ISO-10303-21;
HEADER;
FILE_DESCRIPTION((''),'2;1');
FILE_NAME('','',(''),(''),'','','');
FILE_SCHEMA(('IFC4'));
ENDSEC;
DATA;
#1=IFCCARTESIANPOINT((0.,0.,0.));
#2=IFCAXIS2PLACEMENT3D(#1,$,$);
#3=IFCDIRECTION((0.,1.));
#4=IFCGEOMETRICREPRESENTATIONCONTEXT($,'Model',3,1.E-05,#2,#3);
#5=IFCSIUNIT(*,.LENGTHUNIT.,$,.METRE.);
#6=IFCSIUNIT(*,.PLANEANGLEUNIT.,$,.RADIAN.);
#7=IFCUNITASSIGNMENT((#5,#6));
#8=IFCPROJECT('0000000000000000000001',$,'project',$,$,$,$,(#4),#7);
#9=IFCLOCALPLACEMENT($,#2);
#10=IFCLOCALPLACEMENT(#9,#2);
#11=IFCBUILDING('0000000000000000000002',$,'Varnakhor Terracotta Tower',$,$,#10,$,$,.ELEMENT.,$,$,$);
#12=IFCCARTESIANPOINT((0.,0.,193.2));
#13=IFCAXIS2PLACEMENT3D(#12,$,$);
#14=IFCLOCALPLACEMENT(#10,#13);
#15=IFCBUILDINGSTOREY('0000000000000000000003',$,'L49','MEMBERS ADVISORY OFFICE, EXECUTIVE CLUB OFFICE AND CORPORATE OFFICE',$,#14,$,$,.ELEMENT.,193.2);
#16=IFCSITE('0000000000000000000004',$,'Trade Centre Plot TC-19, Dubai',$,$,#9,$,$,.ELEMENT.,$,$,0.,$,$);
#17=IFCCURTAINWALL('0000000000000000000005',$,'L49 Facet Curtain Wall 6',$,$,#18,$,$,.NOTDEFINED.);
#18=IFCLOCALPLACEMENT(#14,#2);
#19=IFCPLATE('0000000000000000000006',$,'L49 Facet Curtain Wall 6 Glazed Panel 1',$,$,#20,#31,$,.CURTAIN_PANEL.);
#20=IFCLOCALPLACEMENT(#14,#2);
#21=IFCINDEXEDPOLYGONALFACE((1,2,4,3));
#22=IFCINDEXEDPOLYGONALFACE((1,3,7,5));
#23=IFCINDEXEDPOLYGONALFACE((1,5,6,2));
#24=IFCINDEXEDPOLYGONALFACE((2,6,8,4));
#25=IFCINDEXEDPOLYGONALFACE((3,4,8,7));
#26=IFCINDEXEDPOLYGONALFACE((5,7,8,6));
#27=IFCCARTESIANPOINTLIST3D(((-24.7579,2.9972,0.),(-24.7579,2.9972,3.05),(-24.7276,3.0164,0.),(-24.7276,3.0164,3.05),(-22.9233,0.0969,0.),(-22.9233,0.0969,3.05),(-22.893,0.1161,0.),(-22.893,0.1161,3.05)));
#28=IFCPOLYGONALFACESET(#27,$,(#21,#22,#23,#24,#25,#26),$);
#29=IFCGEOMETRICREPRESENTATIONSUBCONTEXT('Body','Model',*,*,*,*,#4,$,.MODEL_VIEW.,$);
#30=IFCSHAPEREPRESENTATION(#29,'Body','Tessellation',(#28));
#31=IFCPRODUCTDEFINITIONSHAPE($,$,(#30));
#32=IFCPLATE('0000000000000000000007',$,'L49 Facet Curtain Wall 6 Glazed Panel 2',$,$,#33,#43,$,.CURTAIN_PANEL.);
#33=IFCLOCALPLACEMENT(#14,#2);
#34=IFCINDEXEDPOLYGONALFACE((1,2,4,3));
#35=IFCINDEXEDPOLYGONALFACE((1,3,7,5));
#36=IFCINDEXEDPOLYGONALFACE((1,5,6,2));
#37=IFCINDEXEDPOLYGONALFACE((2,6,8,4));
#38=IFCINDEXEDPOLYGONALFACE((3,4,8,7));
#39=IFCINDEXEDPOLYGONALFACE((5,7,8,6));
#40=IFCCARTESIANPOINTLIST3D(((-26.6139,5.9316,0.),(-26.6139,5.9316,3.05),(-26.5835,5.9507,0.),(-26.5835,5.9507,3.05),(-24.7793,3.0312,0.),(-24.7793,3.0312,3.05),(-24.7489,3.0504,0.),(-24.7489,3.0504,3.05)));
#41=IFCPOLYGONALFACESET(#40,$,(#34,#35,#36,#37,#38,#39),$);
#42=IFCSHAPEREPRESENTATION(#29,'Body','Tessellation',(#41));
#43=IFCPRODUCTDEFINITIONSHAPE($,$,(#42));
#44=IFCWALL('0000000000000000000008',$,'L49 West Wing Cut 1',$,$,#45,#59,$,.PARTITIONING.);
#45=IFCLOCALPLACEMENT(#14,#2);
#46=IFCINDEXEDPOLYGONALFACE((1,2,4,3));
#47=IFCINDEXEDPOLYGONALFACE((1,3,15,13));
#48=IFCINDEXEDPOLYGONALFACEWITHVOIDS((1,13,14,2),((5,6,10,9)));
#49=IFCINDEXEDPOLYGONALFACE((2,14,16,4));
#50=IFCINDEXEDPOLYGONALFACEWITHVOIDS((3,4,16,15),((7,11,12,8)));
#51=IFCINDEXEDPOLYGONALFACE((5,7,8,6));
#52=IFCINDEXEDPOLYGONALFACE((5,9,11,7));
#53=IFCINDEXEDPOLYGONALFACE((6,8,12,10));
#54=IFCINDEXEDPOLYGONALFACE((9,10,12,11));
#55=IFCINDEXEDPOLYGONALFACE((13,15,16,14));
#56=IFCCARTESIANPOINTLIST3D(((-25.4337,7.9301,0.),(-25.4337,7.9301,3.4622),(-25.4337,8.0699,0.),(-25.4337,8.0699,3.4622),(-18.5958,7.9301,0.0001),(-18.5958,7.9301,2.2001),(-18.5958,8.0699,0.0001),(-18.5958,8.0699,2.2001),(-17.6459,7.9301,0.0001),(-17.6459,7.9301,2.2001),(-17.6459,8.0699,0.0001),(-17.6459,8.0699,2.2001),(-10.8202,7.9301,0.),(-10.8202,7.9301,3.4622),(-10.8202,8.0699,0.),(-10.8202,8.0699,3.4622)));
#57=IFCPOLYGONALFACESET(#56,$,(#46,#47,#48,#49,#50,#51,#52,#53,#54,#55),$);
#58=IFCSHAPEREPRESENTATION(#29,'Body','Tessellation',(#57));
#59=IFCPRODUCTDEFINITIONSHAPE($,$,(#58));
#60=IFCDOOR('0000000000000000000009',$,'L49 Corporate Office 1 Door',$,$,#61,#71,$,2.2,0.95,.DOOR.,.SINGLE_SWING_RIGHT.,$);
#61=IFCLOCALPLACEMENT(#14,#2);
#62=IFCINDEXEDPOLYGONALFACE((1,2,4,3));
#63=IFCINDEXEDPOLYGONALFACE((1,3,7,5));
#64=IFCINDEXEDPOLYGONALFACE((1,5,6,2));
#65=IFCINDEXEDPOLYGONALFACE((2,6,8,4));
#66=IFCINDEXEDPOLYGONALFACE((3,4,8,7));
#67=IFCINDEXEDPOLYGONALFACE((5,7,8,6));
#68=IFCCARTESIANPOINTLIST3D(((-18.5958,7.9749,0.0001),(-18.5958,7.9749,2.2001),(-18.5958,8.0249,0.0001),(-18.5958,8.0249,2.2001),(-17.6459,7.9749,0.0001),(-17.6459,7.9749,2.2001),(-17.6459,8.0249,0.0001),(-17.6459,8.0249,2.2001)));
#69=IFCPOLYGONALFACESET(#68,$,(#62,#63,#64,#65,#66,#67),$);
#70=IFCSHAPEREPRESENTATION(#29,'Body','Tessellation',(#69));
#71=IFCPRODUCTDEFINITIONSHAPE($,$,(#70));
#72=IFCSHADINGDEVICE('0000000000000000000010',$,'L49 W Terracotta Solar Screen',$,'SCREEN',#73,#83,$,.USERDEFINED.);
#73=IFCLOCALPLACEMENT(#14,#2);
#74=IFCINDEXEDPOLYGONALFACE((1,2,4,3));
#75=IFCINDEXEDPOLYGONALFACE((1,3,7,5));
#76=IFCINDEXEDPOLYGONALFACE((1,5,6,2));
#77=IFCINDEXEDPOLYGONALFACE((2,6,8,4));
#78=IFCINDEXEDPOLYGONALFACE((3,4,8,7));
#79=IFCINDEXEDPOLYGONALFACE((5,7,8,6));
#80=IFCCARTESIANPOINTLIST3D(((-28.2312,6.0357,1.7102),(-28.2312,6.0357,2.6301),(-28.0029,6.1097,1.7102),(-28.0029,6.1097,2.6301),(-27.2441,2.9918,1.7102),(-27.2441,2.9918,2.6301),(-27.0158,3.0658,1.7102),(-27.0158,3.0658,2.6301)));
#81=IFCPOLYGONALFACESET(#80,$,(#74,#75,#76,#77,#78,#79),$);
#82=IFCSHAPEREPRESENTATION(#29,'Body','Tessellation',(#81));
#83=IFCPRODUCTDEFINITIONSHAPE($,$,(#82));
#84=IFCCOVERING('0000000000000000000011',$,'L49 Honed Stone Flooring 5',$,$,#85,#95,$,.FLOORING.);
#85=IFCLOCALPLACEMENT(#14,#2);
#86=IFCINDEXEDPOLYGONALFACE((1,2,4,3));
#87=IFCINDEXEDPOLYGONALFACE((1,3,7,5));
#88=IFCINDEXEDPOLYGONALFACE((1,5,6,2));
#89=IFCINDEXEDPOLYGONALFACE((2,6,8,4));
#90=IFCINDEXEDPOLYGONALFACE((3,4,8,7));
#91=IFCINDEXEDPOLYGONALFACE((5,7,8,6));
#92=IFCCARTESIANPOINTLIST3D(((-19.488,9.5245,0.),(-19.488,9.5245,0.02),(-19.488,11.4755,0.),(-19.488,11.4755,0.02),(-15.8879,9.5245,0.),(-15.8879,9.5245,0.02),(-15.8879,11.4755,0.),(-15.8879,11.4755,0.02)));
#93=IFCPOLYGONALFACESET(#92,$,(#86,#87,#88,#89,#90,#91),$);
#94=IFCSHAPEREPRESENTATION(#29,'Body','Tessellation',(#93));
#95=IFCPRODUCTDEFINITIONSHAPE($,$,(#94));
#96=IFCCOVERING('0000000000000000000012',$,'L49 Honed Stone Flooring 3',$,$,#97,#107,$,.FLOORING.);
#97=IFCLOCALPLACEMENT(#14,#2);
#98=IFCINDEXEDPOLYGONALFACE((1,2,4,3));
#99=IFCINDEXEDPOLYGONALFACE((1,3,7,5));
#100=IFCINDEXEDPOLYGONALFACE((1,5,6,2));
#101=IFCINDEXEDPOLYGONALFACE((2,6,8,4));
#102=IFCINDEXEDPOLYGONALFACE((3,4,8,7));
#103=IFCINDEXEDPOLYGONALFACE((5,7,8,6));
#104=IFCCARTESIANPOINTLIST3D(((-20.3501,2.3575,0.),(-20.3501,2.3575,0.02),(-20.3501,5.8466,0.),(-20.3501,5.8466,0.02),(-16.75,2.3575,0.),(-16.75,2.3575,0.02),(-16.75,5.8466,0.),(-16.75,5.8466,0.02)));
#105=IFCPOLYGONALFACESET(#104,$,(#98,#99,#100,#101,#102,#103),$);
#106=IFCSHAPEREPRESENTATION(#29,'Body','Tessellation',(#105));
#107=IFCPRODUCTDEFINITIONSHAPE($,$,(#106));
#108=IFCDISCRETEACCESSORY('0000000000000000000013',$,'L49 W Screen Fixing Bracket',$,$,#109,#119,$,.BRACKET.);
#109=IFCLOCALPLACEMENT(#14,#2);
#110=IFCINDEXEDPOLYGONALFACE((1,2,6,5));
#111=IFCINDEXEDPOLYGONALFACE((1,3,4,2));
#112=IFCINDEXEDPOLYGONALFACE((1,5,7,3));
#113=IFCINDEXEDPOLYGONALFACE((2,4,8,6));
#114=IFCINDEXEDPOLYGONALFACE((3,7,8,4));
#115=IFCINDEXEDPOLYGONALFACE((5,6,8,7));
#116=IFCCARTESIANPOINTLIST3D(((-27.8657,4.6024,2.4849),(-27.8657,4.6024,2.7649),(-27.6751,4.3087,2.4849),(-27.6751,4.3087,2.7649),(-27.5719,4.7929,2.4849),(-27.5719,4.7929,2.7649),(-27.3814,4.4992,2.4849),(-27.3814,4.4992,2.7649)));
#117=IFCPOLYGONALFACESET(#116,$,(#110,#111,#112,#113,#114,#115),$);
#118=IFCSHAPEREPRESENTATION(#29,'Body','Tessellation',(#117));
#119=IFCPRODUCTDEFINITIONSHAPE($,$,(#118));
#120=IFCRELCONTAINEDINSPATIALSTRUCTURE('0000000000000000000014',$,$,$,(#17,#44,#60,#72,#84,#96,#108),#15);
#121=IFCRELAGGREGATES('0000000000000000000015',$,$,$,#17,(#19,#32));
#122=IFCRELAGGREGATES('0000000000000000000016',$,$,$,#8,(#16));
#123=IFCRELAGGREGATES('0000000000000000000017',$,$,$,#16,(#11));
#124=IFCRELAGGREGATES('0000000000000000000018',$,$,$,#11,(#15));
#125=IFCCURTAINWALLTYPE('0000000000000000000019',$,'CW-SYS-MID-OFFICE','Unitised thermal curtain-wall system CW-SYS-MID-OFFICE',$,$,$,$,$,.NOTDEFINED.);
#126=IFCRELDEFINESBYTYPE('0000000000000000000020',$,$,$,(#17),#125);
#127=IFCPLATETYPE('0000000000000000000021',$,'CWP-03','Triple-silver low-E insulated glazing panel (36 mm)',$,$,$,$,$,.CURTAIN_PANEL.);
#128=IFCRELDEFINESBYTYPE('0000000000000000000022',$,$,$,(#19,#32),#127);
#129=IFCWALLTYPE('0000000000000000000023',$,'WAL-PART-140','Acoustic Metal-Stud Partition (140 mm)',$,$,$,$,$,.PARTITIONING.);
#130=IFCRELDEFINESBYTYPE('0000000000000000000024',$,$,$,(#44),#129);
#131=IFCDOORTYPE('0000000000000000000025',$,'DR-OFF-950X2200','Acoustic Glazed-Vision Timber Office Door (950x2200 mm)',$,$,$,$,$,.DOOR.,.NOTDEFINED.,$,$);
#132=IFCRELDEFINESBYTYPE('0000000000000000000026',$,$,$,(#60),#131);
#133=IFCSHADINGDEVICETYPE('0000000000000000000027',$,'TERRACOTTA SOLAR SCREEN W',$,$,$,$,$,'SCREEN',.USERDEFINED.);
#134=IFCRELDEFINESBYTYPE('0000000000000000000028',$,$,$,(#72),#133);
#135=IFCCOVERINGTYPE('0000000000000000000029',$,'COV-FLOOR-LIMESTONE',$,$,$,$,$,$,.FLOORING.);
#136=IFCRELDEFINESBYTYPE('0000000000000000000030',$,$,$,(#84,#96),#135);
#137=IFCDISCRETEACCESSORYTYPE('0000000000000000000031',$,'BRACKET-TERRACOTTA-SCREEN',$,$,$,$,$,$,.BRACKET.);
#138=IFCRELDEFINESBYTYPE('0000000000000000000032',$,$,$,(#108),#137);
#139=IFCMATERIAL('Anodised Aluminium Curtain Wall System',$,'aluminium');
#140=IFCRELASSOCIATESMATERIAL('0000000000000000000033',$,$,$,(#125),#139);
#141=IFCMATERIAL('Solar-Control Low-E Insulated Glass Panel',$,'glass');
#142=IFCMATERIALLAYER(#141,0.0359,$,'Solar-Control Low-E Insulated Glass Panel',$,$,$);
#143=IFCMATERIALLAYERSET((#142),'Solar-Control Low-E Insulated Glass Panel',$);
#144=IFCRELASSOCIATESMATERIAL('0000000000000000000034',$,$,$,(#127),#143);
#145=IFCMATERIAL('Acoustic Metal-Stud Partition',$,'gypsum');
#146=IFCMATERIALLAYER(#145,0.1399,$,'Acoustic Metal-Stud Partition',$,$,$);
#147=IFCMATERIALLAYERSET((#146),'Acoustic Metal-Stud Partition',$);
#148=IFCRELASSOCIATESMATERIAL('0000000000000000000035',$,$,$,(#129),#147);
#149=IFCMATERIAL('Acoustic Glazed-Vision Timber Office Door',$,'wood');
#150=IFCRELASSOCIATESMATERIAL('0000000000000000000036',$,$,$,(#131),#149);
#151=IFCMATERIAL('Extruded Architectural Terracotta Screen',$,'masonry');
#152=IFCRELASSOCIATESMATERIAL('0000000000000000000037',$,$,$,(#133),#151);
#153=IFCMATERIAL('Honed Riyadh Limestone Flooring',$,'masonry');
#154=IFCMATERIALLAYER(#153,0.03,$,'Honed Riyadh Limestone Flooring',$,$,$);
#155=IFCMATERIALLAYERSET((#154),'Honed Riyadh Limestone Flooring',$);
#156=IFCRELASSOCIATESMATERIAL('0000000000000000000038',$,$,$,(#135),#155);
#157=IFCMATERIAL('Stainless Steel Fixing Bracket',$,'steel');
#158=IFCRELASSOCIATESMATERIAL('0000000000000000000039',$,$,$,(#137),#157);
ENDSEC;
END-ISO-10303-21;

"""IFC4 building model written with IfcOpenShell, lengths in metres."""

from ifc_helpers import new_model, si_unit, direction, frame, frame_2d, origin, origin_2d, place, context, subcontext, project, spatial, rectangle, extrude, source, transform, mapped, material, layer, layer_set, type_object, type_shapes, element, fill, aggregate, save


model = new_model("IFC4")

# Units and contexts
model_context = context("Model", 3, precision=1e-05, world=origin(), true_north=direction((0.0, 1.0)))
body_context = subcontext(model_context, "Body", "Model", "MODEL_VIEW")
ifc_project = project(units=[si_unit("LENGTHUNIT", "METRE"), si_unit("PLANEANGLEUNIT", "RADIAN")], contexts=[model_context])

# Site, building, storey
site_placement = place(None, origin())
site = spatial("IfcSite", under=ifc_project, at=site_placement, Name="Trade Centre Plot TC-19, Dubai", CompositionType="ELEMENT", RefElevation=0.0)
building_placement = place(site_placement, origin())
building = spatial("IfcBuilding", under=site, at=building_placement, Name="Varnakhor Terracotta Tower", CompositionType="ELEMENT")
storey_placement = place(building_placement, frame((0.0, 0.0, 193.2)))
storey = spatial("IfcBuildingStorey", under=building, at=storey_placement, Name="L49", Description="MEMBERS ADVISORY OFFICE, EXECUTIVE CLUB OFFICE AND CORPORATE OFFICE", CompositionType="ELEMENT", Elevation=193.2)

# Curtain wall
ifc_material_1 = material(Name="Anodised Aluminium Curtain Wall System", Category="aluminium")
curtain_wall_type = type_object("IfcCurtainWallType", Name="CW-SYS-MID-OFFICE", Description="Unitised thermal curtain-wall system CW-SYS-MID-OFFICE", PredefinedType="NOTDEFINED", material=ifc_material_1)
curtain_wall_1_placement = place(storey_placement, origin())
curtain_wall_1 = element("IfcCurtainWall", 1, at=curtain_wall_1_placement, inside=storey, type_object=curtain_wall_type, Name="L49 Facet Curtain Wall 6", PredefinedType="NOTDEFINED")

# Plates
ifc_material_2 = material(Name="Solar-Control Low-E Insulated Glass Panel", Category="glass")
ifc_layer_1 = layer(ifc_material_2, 0.0359, Name="Solar-Control Low-E Insulated Glass Panel")
ifc_layer_set_1 = layer_set([ifc_layer_1], Name="Solar-Control Low-E Insulated Glass Panel")
plate_type = type_object("IfcPlateType", Name="CWP-03", Description="Triple-silver low-E insulated glazing panel (36 mm)", PredefinedType="CURTAIN_PANEL", material=ifc_layer_set_1)
shared_shape_1 = source(origin(), body_context, "Body", "SweptSolid", [
    extrude(rectangle(XDim=3.4319, YDim=0.0359, at=origin_2d()), origin(), (0.0, 0.0, 1.0), 3.05),
])
plate_1_placement = place(storey_placement, frame((-23.8254, 1.5566, 0.0), z_axis=(0.0, 0.0, 1.0), x_axis=(-0.534574, 0.845122, 0.0)))
plate_1 = element("IfcPlate", 2, at=plate_1_placement, type_object=plate_type, Name="L49 Facet Curtain Wall 6 Glazed Panel 1", PredefinedType="CURTAIN_PANEL", context=body_context, shape_type="MappedRepresentation", body=[
    mapped(shared_shape_1, transform((0.0, 0.0, 0.0), scale=1.0)),
])
plate_2_placement = place(storey_placement, frame((-25.6814, 4.491, 0.0), z_axis=(0.0, 0.0, 1.0), x_axis=(-0.534574, 0.845122, 0.0)))
plate_2 = element("IfcPlate", 3, at=plate_2_placement, type_object=plate_type, Name="L49 Facet Curtain Wall 6 Glazed Panel 2", PredefinedType="CURTAIN_PANEL", context=body_context, shape_type="MappedRepresentation", body=[
    mapped(shared_shape_1, transform((0.0, 0.0, 0.0), scale=1.0)),
])
aggregate(curtain_wall_1, [plate_1, plate_2])

# Wall, opening, door
ifc_material_3 = material(Name="Acoustic Metal-Stud Partition", Category="gypsum")
ifc_layer_2 = layer(ifc_material_3, 0.1399, Name="Acoustic Metal-Stud Partition")
ifc_layer_set_2 = layer_set([ifc_layer_2], Name="Acoustic Metal-Stud Partition")
wall_type = type_object("IfcWallType", Name="WAL-PART-140", Description="Acoustic Metal-Stud Partition (140 mm)", PredefinedType="PARTITIONING", material=ifc_layer_set_2)
wall_placement = place(storey_placement, frame((-25.4336, 8.0, 0.0), z_axis=(0.0, 0.0, 1.0), x_axis=(1.0, 0.0, 0.0)))
wall = element("IfcWall", 4, at=wall_placement, inside=storey, type_object=wall_type, Name="L49 West Wing Cut 1", PredefinedType="PARTITIONING", context=body_context, shape_type="SweptSolid", body=[
    extrude(rectangle(XDim=14.6135, YDim=0.1399, at=frame_2d((7.3066, 0.0))), origin(), (0.0, 0.0, 1.0), 3.4622),
])
opening_placement = place(wall_placement, frame((6.8376, 0.0, 0.0)))
opening = element("IfcOpeningElement", 5, at=opening_placement, cuts=wall, PredefinedType="OPENING", context=body_context, shape_type="SweptSolid", body=[
    extrude(rectangle(XDim=0.95, YDim=2.2, at=frame_2d((0.4751, 1.1001))), frame((0.0, 0.0801, 0.0), z_axis=(0.0, -1.0, 0.0), x_axis=(1.0, 0.0, 0.0)), (0.0, 0.0, 1.0), 0.1599),
])
ifc_material_4 = material(Name="Acoustic Glazed-Vision Timber Office Door", Category="wood")
door_type = type_object("IfcDoorType", Name="DR-OFF-950X2200", Description="Acoustic Glazed-Vision Timber Office Door (950x2200 mm)", OperationType="NOTDEFINED", PredefinedType="DOOR", material=ifc_material_4)
shared_shape_2 = source(origin(), body_context, "Body", "SweptSolid", [
    extrude(rectangle(XDim=0.95, YDim=2.2, at=frame_2d((0.4751, 1.1001))), frame((0.0, 0.0249, 0.0), z_axis=(0.0, -1.0, 0.0), x_axis=(1.0, 0.0, 0.0)), (0.0, 0.0, 1.0), 0.05),
])
type_shapes(door_type, [shared_shape_2])
door_placement = place(opening_placement, origin())
door = element("IfcDoor", 6, at=door_placement, inside=storey, type_object=door_type, Name="L49 Corporate Office 1 Door", OperationType="SINGLE_SWING_RIGHT", OverallHeight=2.2, OverallWidth=0.95, PredefinedType="DOOR", context=body_context, shape_type="MappedRepresentation", body=[
    mapped(shared_shape_2, transform((0.0, 0.0, 0.0), scale=1.0)),
])
fill(opening, door)

# Shading device
ifc_material_5 = material(Name="Extruded Architectural Terracotta Screen", Category="masonry")
shading_device_type = type_object("IfcShadingDeviceType", Name="TERRACOTTA SOLAR SCREEN W", ElementType="SCREEN", PredefinedType="USERDEFINED", material=ifc_material_5)
shared_shape_3 = source(origin(), body_context, "Body", "SweptSolid", [
    extrude(rectangle(XDim=3.2, YDim=0.24, at=origin_2d()), origin(), (0.0, 0.0, 1.0), 0.9199),
])
type_shapes(shading_device_type, [shared_shape_3])
shading_device_placement = place(storey_placement, frame((-27.6235, 4.5508, 1.7102), z_axis=(0.0, 0.0, 1.0), x_axis=(0.308469, -0.951234, 0.0)))
element("IfcShadingDevice", 7, at=shading_device_placement, inside=storey, type_object=shading_device_type, Name="L49 W Terracotta Solar Screen", ObjectType="SCREEN", PredefinedType="USERDEFINED", context=body_context, shape_type="MappedRepresentation", body=[
    mapped(shared_shape_3, transform((0.0, 0.0, 0.0), scale=1.0)),
])

# Coverings
ifc_material_6 = material(Name="Honed Riyadh Limestone Flooring", Category="masonry")
ifc_layer_3 = layer(ifc_material_6, 0.03, Name="Honed Riyadh Limestone Flooring")
ifc_layer_set_3 = layer_set([ifc_layer_3], Name="Honed Riyadh Limestone Flooring")
covering_type = type_object("IfcCoveringType", Name="COV-FLOOR-LIMESTONE", PredefinedType="FLOORING", material=ifc_layer_set_3)
shared_shape_4 = source(origin(), body_context, "Body", "SweptSolid", [
    extrude(rectangle(XDim=3.6001, YDim=1.9509, at=origin_2d()), origin(), (0.0, 0.0, 1.0), 0.02),
])
covering_1_placement = place(storey_placement, frame((-17.688, 10.5, 0.0), z_axis=(0.0, 0.0, 1.0), x_axis=(1.0, 0.0, 0.0)))
element("IfcCovering", 8, at=covering_1_placement, inside=storey, type_object=covering_type, Name="L49 Honed Stone Flooring 5", PredefinedType="FLOORING", context=body_context, shape_type="MappedRepresentation", body=[
    mapped(shared_shape_4, transform((0.0, 0.0, 0.0), scale=1.0)),
])
shared_shape_5 = source(origin(), body_context, "Body", "SweptSolid", [
    extrude(rectangle(XDim=3.6001, YDim=3.489, at=origin_2d()), origin(), (0.0, 0.0, 1.0), 0.02),
])
covering_2_placement = place(storey_placement, frame((-18.55, 4.1021, 0.0), z_axis=(0.0, 0.0, 1.0), x_axis=(1.0, 0.0, 0.0)))
element("IfcCovering", 9, at=covering_2_placement, inside=storey, type_object=covering_type, Name="L49 Honed Stone Flooring 3", PredefinedType="FLOORING", context=body_context, shape_type="MappedRepresentation", body=[
    mapped(shared_shape_5, transform((0.0, 0.0, 0.0), scale=1.0)),
])

# Discrete accessory
ifc_material_7 = material(Name="Stainless Steel Fixing Bracket", Category="steel")
discrete_accessory_type = type_object("IfcDiscreteAccessoryType", Name="BRACKET-TERRACOTTA-SCREEN", PredefinedType="BRACKET", material=ifc_material_7)
shared_shape_6 = source(origin(), body_context, "Body", "SweptSolid", [
    extrude(rectangle(XDim=0.3501, YDim=0.3501, at=origin_2d()), origin(), (0.0, 0.0, 1.0), 0.28),
])
type_shapes(discrete_accessory_type, [shared_shape_6])
discrete_accessory_placement = place(storey_placement, frame((-27.6235, 4.5508, 2.4849), z_axis=(0.0, 0.0, 1.0), x_axis=(0.544156, -0.838984, 0.0)))
element("IfcDiscreteAccessory", 10, at=discrete_accessory_placement, inside=storey, type_object=discrete_accessory_type, Name="L49 W Screen Fixing Bracket", PredefinedType="BRACKET", context=body_context, shape_type="MappedRepresentation", body=[
    mapped(shared_shape_6, transform((0.0, 0.0, 0.0), scale=1.0)),
])

save(model, "model.ifc")
